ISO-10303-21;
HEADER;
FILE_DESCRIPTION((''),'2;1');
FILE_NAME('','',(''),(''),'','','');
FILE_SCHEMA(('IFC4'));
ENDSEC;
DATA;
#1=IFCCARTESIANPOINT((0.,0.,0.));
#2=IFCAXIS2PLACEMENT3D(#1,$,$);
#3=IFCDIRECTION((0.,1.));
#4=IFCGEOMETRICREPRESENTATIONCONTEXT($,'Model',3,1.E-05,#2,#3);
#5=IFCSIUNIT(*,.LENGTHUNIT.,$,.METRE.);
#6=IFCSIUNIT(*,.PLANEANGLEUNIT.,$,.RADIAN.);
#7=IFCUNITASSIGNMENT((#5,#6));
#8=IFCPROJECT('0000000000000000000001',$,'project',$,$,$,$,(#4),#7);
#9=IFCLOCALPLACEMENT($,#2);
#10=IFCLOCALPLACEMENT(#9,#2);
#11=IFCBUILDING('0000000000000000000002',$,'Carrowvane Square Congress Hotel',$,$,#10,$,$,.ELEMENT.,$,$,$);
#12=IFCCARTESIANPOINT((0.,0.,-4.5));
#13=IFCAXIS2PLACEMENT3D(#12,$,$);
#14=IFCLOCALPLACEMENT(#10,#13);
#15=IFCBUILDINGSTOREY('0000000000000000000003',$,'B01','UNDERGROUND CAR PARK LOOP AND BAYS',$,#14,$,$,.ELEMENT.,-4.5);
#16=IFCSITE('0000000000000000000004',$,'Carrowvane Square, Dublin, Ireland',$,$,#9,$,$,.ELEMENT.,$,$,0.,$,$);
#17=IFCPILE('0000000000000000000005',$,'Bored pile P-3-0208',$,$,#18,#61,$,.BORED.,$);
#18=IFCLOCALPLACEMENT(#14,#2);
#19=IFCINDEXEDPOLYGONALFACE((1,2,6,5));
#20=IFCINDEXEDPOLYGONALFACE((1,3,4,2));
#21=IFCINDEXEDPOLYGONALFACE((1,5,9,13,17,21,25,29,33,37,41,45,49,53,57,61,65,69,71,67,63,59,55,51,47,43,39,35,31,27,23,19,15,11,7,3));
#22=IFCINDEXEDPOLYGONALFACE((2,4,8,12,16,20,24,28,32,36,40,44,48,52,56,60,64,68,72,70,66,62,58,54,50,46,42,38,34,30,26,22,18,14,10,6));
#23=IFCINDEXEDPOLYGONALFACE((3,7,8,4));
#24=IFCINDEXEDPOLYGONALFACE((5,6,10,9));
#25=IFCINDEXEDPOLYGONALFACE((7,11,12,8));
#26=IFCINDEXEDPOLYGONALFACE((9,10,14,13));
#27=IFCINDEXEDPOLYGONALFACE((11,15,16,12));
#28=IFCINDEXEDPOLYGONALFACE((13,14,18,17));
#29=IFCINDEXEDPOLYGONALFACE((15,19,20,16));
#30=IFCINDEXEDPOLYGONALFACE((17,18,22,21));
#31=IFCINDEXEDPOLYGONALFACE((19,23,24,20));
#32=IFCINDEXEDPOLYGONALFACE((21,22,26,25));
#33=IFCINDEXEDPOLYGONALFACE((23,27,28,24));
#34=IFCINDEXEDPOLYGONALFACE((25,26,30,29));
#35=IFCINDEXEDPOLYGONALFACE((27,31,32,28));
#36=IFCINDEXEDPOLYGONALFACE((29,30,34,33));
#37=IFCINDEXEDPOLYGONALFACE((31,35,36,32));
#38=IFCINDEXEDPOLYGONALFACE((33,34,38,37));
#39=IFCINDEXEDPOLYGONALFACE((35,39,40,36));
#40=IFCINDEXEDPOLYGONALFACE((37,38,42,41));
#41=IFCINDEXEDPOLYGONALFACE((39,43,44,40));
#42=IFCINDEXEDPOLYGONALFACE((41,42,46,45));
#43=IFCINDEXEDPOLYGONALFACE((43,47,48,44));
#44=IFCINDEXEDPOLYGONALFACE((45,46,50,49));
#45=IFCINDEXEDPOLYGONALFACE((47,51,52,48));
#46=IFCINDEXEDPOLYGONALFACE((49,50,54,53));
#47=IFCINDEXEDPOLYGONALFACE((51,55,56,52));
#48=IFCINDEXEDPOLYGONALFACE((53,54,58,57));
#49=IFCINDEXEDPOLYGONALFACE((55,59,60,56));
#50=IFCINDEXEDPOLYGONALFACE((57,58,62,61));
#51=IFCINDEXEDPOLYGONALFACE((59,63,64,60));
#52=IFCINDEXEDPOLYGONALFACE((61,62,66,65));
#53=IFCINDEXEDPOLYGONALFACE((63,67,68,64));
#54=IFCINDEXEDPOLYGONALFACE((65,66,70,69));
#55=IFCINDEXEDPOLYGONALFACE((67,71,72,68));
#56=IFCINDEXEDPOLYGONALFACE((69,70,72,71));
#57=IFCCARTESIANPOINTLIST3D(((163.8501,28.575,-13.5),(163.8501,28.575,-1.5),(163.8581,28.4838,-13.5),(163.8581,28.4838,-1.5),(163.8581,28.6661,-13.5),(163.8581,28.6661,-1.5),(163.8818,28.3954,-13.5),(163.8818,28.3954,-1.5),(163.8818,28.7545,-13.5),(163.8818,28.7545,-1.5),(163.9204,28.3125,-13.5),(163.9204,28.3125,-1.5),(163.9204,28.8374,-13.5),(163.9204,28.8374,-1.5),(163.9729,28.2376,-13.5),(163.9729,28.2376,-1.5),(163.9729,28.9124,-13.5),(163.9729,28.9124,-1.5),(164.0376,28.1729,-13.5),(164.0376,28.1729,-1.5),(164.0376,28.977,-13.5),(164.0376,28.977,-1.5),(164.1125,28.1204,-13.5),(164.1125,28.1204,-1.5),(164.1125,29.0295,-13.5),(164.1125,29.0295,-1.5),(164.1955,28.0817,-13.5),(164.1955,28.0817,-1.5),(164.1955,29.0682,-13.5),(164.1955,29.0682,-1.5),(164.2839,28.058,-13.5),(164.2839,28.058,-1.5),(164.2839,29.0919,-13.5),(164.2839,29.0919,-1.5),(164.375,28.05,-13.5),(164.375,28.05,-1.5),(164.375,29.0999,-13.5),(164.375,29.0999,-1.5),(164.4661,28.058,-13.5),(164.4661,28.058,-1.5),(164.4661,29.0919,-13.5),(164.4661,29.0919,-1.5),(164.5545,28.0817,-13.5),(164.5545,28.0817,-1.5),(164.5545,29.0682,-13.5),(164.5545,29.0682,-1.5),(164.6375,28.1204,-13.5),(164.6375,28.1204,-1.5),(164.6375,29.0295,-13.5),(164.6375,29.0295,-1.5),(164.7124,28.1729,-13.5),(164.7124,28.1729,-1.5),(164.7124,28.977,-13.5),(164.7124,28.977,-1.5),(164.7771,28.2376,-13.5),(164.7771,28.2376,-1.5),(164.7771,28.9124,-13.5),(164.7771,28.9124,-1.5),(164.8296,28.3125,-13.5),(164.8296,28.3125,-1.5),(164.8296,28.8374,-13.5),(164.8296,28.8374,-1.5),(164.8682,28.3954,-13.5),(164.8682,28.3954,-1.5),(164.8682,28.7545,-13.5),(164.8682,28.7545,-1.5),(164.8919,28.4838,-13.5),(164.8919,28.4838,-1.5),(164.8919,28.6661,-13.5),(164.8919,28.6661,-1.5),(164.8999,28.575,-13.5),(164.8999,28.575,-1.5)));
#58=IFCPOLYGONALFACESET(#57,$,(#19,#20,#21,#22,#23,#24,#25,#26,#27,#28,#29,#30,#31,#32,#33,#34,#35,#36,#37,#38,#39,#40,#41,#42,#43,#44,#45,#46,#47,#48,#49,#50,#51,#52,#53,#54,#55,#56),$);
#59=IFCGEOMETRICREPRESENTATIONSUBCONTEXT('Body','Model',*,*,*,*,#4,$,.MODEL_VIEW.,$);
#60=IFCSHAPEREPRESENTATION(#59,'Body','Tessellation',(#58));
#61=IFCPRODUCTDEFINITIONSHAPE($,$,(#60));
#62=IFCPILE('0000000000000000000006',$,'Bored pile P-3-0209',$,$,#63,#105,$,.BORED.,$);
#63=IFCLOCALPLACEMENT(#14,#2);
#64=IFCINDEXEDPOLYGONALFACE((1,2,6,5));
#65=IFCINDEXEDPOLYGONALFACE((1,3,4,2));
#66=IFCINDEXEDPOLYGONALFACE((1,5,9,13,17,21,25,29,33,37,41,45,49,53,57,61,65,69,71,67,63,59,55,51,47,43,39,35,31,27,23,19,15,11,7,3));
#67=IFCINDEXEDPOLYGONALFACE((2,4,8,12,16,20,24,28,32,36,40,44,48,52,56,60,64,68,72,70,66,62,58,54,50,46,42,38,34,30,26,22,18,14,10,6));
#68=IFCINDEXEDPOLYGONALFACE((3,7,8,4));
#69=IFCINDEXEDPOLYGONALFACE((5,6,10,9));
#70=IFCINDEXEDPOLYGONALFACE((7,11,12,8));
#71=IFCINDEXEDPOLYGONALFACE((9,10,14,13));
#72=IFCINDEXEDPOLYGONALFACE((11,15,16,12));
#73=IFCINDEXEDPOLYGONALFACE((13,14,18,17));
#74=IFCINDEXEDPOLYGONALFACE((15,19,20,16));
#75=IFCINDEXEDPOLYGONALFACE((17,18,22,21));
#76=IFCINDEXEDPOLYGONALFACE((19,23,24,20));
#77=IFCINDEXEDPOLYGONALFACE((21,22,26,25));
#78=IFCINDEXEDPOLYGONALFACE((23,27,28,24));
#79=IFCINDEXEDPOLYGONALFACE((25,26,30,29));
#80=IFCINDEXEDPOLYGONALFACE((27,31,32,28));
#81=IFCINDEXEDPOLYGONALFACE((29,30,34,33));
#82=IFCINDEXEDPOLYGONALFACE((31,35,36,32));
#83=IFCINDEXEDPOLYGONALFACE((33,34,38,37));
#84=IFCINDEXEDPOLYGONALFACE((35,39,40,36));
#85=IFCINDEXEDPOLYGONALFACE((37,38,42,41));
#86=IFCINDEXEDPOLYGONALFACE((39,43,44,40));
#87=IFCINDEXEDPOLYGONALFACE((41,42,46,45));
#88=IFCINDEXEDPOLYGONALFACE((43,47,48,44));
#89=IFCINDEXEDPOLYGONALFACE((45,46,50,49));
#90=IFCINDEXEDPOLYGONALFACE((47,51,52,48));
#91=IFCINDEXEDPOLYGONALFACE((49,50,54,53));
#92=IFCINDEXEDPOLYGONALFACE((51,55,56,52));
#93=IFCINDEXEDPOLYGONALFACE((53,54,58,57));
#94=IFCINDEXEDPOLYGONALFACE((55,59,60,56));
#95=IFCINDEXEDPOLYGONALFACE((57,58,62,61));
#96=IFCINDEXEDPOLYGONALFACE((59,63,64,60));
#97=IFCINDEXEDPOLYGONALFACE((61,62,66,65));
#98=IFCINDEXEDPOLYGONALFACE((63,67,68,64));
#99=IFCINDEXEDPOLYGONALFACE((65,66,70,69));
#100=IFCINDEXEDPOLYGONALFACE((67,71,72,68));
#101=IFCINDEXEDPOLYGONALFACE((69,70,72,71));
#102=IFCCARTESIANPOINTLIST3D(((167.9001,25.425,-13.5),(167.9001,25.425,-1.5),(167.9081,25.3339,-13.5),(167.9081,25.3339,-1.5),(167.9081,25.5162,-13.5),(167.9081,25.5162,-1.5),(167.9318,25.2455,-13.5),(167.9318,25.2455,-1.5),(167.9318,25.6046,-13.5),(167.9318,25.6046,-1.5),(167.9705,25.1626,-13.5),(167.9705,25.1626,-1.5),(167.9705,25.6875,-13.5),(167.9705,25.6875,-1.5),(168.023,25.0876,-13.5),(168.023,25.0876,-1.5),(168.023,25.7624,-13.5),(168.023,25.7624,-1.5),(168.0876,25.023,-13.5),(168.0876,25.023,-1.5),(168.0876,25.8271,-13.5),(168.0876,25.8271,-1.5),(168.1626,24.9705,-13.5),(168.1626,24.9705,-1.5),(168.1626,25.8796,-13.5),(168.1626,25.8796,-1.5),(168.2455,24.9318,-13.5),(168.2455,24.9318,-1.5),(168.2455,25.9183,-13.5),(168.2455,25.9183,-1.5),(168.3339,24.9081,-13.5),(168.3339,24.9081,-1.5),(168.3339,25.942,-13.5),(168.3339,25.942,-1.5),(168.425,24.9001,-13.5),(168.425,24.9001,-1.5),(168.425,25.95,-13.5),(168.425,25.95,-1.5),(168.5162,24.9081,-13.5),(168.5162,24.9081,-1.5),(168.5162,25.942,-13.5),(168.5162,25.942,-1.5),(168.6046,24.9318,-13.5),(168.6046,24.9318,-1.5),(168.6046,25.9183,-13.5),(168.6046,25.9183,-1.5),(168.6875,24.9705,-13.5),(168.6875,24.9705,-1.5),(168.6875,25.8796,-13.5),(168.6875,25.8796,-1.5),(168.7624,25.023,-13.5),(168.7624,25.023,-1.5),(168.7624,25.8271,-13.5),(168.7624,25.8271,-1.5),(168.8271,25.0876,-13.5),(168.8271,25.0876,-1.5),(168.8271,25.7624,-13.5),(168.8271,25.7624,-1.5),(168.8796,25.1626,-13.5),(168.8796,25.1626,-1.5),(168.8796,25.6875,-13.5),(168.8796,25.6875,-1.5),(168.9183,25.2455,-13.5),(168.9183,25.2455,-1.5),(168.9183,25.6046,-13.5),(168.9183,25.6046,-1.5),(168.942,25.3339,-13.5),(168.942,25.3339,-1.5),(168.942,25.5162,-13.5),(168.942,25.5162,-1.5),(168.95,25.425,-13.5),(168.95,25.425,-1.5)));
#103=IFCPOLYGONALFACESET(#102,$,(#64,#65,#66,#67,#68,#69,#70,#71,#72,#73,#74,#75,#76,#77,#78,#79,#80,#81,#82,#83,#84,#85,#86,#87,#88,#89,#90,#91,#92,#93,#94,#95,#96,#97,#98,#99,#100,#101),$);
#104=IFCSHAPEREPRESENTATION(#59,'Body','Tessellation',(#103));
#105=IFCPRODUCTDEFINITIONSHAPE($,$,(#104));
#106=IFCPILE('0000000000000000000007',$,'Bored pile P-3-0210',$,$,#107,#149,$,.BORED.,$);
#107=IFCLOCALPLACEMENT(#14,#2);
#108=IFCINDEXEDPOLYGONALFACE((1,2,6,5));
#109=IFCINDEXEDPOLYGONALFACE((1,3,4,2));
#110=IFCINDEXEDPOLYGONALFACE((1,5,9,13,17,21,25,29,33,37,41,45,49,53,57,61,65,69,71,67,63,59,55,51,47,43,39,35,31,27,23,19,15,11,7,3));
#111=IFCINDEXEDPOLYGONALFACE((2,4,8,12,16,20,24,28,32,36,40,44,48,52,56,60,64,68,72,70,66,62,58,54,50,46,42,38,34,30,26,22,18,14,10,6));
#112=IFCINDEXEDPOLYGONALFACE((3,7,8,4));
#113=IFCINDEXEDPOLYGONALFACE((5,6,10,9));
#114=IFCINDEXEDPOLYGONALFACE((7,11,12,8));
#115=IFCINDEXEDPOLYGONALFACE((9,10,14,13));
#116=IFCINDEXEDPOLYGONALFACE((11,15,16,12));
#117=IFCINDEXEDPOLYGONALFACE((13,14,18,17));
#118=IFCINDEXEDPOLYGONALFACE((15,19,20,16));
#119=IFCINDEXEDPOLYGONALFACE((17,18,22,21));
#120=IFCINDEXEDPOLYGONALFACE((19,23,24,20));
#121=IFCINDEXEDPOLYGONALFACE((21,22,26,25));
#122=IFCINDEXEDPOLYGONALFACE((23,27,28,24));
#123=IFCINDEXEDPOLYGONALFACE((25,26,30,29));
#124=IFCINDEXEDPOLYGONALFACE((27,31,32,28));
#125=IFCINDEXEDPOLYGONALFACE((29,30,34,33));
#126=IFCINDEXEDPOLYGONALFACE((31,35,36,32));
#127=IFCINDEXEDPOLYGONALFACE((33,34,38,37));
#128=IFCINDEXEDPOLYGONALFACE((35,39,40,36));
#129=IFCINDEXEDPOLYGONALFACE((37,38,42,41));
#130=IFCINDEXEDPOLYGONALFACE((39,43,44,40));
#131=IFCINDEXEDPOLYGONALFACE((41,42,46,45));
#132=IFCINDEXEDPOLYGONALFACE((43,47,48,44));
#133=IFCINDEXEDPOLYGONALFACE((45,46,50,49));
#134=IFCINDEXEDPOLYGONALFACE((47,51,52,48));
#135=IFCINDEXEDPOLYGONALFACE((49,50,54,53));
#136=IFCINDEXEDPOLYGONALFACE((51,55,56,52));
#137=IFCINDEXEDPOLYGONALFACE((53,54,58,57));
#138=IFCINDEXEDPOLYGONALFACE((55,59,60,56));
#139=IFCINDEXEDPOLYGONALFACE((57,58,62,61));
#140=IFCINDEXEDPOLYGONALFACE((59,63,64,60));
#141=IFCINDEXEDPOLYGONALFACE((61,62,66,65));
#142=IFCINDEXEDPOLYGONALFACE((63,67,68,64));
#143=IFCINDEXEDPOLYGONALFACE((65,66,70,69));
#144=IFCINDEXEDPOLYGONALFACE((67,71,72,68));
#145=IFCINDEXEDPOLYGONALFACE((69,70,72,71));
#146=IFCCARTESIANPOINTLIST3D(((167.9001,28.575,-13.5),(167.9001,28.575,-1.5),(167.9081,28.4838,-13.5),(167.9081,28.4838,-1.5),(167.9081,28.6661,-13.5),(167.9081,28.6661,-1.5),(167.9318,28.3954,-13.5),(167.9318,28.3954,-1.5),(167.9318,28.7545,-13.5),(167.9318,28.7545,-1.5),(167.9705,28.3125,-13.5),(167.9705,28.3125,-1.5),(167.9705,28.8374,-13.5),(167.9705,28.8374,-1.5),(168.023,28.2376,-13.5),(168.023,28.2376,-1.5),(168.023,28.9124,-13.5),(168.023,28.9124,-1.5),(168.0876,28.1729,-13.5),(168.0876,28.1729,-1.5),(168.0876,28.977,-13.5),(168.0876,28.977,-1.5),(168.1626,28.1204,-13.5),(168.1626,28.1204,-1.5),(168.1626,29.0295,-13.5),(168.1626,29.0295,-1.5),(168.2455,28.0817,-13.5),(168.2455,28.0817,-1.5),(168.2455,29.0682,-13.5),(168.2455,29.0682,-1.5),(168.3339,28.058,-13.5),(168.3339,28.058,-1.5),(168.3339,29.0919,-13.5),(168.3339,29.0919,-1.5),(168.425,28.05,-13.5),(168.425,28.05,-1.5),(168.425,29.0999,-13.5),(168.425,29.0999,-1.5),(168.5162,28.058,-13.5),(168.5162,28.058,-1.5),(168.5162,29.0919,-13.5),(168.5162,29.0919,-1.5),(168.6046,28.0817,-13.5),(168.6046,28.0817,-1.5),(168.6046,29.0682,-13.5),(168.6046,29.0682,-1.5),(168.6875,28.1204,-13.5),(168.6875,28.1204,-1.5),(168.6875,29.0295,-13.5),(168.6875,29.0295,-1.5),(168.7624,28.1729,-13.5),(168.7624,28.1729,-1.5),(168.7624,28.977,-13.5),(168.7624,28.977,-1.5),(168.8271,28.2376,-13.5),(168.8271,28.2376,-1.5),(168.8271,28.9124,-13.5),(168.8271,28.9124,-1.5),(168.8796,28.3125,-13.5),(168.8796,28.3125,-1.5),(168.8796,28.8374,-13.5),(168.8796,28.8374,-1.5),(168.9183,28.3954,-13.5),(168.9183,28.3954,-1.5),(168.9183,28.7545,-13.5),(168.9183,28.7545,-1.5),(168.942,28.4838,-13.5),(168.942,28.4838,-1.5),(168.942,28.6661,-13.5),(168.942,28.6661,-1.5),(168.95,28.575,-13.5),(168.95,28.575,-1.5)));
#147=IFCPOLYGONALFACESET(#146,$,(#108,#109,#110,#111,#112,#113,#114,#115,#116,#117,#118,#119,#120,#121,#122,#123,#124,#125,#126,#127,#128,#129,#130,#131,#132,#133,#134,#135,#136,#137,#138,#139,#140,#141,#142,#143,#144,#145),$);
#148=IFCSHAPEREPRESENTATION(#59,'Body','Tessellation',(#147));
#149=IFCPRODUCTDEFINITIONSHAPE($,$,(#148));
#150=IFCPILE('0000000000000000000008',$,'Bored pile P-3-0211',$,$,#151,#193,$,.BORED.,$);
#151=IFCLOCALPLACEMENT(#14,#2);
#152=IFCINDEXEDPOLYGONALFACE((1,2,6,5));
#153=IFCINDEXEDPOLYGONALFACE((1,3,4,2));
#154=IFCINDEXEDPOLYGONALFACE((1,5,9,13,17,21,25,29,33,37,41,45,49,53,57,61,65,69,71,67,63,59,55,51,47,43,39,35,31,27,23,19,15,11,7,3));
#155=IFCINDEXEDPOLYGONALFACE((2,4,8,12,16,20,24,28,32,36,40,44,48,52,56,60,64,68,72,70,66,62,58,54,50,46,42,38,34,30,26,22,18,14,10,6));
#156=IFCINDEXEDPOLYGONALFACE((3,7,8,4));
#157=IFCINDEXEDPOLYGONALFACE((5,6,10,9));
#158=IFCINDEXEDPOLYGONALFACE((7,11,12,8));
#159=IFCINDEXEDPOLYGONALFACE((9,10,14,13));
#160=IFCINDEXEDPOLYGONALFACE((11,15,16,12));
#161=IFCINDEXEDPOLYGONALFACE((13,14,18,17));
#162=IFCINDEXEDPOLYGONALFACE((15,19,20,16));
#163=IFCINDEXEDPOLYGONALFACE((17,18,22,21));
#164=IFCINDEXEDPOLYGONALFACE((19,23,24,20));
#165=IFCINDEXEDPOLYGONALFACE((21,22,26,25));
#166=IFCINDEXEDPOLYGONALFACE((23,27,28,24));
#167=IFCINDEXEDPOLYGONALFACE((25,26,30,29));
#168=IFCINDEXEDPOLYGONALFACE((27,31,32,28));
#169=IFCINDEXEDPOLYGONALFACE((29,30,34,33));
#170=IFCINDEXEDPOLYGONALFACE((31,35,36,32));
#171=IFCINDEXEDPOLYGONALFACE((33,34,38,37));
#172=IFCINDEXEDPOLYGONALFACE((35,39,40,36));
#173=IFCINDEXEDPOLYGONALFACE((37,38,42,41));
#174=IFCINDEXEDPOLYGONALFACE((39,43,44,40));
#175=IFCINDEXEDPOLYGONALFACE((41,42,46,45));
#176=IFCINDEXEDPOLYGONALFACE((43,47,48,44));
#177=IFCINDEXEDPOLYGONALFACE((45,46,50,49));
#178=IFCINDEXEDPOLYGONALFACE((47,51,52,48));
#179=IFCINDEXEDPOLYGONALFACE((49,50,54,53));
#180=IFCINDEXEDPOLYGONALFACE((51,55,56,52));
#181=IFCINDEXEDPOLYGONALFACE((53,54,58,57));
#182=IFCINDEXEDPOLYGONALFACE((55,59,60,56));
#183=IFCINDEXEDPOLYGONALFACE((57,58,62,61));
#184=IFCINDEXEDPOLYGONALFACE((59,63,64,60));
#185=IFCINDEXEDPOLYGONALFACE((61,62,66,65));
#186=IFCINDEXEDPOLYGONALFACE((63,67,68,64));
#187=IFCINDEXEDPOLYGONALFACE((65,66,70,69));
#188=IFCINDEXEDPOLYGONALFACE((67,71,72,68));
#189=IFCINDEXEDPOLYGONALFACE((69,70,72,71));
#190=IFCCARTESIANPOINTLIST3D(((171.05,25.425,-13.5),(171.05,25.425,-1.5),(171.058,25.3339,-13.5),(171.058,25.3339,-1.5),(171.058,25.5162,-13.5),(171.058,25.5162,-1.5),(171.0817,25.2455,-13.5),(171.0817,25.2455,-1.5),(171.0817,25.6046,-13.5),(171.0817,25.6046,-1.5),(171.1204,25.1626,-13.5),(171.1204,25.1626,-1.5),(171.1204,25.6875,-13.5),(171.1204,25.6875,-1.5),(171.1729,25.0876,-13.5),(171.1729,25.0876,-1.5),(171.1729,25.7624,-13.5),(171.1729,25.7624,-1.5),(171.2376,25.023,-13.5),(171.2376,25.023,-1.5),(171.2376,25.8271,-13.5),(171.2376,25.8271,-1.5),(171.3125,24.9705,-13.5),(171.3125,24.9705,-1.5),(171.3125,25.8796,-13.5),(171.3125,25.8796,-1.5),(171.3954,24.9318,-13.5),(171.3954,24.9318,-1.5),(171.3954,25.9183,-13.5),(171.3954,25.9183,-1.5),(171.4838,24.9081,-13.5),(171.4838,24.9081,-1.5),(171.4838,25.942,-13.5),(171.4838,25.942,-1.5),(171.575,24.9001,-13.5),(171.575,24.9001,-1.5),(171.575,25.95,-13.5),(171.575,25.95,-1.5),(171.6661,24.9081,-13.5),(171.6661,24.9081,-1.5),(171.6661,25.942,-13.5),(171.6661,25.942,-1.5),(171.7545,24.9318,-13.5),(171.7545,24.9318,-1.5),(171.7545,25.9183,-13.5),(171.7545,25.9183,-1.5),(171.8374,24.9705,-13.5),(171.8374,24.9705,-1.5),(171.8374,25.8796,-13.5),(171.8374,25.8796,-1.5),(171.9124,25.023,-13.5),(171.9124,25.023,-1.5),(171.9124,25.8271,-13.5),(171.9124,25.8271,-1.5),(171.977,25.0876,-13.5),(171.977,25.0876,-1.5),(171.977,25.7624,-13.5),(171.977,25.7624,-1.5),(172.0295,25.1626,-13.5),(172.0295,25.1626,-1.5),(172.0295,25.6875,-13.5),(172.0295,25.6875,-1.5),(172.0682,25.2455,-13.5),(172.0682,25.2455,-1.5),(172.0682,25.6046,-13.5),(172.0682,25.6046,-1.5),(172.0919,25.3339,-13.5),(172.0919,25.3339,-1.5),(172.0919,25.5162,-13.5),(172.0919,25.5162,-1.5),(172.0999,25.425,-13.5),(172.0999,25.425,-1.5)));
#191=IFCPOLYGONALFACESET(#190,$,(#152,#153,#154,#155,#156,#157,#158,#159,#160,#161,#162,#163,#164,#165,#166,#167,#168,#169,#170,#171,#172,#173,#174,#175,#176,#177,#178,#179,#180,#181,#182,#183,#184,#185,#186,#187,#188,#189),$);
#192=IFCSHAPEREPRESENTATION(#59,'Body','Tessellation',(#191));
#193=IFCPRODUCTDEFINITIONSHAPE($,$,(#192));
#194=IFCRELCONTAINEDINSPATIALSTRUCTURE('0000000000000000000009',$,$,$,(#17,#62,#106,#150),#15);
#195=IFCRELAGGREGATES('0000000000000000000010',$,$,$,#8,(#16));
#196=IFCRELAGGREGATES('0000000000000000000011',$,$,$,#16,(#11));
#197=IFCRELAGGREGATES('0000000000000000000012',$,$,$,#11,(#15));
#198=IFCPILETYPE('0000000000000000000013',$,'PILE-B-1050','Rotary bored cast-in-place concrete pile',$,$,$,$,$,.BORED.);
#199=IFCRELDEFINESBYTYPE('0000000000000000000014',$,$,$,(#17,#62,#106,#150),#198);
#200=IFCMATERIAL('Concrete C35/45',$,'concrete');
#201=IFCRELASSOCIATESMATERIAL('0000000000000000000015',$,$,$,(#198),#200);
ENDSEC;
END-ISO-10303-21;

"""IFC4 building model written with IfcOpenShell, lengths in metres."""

from ifc_helpers import new_model, si_unit, direction, frame, origin, origin_2d, place, context, subcontext, project, spatial, circle, extrude, material, material_profile, profile_set, type_object, element, save


model = new_model("IFC4")

# Units and contexts
model_context = context("Model", 3, precision=1e-05, world=origin(), true_north=direction((0.0, 1.0)))
body_context = subcontext(model_context, "Body", "Model", "MODEL_VIEW")
ifc_project = project(units=[si_unit("LENGTHUNIT", "METRE"), si_unit("PLANEANGLEUNIT", "RADIAN")], contexts=[model_context])

# Site, building, storey
site_placement = place(None, origin())
site = spatial("IfcSite", under=ifc_project, at=site_placement, Name="Carrowvane Square, Dublin, Ireland", CompositionType="ELEMENT", RefElevation=0.0)
building_placement = place(site_placement, origin())
building = spatial("IfcBuilding", under=site, at=building_placement, Name="Carrowvane Square Congress Hotel", CompositionType="ELEMENT")
storey_placement = place(building_placement, frame((0.0, 0.0, -4.5)))
storey = spatial("IfcBuildingStorey", under=building, at=storey_placement, Name="B01", Description="UNDERGROUND CAR PARK LOOP AND BAYS", CompositionType="ELEMENT", Elevation=-4.5)

# Piles
ifc_material_1 = material(Name="Concrete C35/45", Category="concrete")
ifc_material_profile_1 = material_profile(ifc_material_1, circle(Radius=0.5249, at=origin_2d()), Name="PILE D1050")
ifc_profile_set_1 = profile_set([ifc_material_profile_1], Name="Concrete C35/45")
pile_type = type_object("IfcPileType", Name="PILE-B-1050", Description="Rotary bored cast-in-place concrete pile", PredefinedType="BORED", material=ifc_profile_set_1)
for number, where, z_axis, x_axis, name in (
    (1, (164.375, 28.575, -1.5), (0.0, 0.0, -1.0), (1.0, 0.0, 0.0), "Bored pile P-3-0208"),
    (2, (168.425, 25.425, -1.5), (0.0, 0.0, -1.0), (1.0, 0.0, 0.0), "Bored pile P-3-0209"),
    (3, (168.425, 28.575, -1.5), (0.0, 0.0, -1.0), (1.0, 0.0, 0.0), "Bored pile P-3-0210"),
    (4, (171.575, 25.425, -1.5), (0.0, 0.0, -1.0), (1.0, 0.0, 0.0), "Bored pile P-3-0211"),
):
    element("IfcPile", number, at=place(storey_placement, frame(where, z_axis=z_axis, x_axis=x_axis)), inside=storey, type_object=pile_type, Name=name, PredefinedType="BORED", context=body_context, shape_type="SweptSolid", body=[
        extrude(circle(Radius=0.5249, at=origin_2d()), origin(), (0.0, 0.0, 1.0), 12.0),
    ])

save(model, "model.ifc")
